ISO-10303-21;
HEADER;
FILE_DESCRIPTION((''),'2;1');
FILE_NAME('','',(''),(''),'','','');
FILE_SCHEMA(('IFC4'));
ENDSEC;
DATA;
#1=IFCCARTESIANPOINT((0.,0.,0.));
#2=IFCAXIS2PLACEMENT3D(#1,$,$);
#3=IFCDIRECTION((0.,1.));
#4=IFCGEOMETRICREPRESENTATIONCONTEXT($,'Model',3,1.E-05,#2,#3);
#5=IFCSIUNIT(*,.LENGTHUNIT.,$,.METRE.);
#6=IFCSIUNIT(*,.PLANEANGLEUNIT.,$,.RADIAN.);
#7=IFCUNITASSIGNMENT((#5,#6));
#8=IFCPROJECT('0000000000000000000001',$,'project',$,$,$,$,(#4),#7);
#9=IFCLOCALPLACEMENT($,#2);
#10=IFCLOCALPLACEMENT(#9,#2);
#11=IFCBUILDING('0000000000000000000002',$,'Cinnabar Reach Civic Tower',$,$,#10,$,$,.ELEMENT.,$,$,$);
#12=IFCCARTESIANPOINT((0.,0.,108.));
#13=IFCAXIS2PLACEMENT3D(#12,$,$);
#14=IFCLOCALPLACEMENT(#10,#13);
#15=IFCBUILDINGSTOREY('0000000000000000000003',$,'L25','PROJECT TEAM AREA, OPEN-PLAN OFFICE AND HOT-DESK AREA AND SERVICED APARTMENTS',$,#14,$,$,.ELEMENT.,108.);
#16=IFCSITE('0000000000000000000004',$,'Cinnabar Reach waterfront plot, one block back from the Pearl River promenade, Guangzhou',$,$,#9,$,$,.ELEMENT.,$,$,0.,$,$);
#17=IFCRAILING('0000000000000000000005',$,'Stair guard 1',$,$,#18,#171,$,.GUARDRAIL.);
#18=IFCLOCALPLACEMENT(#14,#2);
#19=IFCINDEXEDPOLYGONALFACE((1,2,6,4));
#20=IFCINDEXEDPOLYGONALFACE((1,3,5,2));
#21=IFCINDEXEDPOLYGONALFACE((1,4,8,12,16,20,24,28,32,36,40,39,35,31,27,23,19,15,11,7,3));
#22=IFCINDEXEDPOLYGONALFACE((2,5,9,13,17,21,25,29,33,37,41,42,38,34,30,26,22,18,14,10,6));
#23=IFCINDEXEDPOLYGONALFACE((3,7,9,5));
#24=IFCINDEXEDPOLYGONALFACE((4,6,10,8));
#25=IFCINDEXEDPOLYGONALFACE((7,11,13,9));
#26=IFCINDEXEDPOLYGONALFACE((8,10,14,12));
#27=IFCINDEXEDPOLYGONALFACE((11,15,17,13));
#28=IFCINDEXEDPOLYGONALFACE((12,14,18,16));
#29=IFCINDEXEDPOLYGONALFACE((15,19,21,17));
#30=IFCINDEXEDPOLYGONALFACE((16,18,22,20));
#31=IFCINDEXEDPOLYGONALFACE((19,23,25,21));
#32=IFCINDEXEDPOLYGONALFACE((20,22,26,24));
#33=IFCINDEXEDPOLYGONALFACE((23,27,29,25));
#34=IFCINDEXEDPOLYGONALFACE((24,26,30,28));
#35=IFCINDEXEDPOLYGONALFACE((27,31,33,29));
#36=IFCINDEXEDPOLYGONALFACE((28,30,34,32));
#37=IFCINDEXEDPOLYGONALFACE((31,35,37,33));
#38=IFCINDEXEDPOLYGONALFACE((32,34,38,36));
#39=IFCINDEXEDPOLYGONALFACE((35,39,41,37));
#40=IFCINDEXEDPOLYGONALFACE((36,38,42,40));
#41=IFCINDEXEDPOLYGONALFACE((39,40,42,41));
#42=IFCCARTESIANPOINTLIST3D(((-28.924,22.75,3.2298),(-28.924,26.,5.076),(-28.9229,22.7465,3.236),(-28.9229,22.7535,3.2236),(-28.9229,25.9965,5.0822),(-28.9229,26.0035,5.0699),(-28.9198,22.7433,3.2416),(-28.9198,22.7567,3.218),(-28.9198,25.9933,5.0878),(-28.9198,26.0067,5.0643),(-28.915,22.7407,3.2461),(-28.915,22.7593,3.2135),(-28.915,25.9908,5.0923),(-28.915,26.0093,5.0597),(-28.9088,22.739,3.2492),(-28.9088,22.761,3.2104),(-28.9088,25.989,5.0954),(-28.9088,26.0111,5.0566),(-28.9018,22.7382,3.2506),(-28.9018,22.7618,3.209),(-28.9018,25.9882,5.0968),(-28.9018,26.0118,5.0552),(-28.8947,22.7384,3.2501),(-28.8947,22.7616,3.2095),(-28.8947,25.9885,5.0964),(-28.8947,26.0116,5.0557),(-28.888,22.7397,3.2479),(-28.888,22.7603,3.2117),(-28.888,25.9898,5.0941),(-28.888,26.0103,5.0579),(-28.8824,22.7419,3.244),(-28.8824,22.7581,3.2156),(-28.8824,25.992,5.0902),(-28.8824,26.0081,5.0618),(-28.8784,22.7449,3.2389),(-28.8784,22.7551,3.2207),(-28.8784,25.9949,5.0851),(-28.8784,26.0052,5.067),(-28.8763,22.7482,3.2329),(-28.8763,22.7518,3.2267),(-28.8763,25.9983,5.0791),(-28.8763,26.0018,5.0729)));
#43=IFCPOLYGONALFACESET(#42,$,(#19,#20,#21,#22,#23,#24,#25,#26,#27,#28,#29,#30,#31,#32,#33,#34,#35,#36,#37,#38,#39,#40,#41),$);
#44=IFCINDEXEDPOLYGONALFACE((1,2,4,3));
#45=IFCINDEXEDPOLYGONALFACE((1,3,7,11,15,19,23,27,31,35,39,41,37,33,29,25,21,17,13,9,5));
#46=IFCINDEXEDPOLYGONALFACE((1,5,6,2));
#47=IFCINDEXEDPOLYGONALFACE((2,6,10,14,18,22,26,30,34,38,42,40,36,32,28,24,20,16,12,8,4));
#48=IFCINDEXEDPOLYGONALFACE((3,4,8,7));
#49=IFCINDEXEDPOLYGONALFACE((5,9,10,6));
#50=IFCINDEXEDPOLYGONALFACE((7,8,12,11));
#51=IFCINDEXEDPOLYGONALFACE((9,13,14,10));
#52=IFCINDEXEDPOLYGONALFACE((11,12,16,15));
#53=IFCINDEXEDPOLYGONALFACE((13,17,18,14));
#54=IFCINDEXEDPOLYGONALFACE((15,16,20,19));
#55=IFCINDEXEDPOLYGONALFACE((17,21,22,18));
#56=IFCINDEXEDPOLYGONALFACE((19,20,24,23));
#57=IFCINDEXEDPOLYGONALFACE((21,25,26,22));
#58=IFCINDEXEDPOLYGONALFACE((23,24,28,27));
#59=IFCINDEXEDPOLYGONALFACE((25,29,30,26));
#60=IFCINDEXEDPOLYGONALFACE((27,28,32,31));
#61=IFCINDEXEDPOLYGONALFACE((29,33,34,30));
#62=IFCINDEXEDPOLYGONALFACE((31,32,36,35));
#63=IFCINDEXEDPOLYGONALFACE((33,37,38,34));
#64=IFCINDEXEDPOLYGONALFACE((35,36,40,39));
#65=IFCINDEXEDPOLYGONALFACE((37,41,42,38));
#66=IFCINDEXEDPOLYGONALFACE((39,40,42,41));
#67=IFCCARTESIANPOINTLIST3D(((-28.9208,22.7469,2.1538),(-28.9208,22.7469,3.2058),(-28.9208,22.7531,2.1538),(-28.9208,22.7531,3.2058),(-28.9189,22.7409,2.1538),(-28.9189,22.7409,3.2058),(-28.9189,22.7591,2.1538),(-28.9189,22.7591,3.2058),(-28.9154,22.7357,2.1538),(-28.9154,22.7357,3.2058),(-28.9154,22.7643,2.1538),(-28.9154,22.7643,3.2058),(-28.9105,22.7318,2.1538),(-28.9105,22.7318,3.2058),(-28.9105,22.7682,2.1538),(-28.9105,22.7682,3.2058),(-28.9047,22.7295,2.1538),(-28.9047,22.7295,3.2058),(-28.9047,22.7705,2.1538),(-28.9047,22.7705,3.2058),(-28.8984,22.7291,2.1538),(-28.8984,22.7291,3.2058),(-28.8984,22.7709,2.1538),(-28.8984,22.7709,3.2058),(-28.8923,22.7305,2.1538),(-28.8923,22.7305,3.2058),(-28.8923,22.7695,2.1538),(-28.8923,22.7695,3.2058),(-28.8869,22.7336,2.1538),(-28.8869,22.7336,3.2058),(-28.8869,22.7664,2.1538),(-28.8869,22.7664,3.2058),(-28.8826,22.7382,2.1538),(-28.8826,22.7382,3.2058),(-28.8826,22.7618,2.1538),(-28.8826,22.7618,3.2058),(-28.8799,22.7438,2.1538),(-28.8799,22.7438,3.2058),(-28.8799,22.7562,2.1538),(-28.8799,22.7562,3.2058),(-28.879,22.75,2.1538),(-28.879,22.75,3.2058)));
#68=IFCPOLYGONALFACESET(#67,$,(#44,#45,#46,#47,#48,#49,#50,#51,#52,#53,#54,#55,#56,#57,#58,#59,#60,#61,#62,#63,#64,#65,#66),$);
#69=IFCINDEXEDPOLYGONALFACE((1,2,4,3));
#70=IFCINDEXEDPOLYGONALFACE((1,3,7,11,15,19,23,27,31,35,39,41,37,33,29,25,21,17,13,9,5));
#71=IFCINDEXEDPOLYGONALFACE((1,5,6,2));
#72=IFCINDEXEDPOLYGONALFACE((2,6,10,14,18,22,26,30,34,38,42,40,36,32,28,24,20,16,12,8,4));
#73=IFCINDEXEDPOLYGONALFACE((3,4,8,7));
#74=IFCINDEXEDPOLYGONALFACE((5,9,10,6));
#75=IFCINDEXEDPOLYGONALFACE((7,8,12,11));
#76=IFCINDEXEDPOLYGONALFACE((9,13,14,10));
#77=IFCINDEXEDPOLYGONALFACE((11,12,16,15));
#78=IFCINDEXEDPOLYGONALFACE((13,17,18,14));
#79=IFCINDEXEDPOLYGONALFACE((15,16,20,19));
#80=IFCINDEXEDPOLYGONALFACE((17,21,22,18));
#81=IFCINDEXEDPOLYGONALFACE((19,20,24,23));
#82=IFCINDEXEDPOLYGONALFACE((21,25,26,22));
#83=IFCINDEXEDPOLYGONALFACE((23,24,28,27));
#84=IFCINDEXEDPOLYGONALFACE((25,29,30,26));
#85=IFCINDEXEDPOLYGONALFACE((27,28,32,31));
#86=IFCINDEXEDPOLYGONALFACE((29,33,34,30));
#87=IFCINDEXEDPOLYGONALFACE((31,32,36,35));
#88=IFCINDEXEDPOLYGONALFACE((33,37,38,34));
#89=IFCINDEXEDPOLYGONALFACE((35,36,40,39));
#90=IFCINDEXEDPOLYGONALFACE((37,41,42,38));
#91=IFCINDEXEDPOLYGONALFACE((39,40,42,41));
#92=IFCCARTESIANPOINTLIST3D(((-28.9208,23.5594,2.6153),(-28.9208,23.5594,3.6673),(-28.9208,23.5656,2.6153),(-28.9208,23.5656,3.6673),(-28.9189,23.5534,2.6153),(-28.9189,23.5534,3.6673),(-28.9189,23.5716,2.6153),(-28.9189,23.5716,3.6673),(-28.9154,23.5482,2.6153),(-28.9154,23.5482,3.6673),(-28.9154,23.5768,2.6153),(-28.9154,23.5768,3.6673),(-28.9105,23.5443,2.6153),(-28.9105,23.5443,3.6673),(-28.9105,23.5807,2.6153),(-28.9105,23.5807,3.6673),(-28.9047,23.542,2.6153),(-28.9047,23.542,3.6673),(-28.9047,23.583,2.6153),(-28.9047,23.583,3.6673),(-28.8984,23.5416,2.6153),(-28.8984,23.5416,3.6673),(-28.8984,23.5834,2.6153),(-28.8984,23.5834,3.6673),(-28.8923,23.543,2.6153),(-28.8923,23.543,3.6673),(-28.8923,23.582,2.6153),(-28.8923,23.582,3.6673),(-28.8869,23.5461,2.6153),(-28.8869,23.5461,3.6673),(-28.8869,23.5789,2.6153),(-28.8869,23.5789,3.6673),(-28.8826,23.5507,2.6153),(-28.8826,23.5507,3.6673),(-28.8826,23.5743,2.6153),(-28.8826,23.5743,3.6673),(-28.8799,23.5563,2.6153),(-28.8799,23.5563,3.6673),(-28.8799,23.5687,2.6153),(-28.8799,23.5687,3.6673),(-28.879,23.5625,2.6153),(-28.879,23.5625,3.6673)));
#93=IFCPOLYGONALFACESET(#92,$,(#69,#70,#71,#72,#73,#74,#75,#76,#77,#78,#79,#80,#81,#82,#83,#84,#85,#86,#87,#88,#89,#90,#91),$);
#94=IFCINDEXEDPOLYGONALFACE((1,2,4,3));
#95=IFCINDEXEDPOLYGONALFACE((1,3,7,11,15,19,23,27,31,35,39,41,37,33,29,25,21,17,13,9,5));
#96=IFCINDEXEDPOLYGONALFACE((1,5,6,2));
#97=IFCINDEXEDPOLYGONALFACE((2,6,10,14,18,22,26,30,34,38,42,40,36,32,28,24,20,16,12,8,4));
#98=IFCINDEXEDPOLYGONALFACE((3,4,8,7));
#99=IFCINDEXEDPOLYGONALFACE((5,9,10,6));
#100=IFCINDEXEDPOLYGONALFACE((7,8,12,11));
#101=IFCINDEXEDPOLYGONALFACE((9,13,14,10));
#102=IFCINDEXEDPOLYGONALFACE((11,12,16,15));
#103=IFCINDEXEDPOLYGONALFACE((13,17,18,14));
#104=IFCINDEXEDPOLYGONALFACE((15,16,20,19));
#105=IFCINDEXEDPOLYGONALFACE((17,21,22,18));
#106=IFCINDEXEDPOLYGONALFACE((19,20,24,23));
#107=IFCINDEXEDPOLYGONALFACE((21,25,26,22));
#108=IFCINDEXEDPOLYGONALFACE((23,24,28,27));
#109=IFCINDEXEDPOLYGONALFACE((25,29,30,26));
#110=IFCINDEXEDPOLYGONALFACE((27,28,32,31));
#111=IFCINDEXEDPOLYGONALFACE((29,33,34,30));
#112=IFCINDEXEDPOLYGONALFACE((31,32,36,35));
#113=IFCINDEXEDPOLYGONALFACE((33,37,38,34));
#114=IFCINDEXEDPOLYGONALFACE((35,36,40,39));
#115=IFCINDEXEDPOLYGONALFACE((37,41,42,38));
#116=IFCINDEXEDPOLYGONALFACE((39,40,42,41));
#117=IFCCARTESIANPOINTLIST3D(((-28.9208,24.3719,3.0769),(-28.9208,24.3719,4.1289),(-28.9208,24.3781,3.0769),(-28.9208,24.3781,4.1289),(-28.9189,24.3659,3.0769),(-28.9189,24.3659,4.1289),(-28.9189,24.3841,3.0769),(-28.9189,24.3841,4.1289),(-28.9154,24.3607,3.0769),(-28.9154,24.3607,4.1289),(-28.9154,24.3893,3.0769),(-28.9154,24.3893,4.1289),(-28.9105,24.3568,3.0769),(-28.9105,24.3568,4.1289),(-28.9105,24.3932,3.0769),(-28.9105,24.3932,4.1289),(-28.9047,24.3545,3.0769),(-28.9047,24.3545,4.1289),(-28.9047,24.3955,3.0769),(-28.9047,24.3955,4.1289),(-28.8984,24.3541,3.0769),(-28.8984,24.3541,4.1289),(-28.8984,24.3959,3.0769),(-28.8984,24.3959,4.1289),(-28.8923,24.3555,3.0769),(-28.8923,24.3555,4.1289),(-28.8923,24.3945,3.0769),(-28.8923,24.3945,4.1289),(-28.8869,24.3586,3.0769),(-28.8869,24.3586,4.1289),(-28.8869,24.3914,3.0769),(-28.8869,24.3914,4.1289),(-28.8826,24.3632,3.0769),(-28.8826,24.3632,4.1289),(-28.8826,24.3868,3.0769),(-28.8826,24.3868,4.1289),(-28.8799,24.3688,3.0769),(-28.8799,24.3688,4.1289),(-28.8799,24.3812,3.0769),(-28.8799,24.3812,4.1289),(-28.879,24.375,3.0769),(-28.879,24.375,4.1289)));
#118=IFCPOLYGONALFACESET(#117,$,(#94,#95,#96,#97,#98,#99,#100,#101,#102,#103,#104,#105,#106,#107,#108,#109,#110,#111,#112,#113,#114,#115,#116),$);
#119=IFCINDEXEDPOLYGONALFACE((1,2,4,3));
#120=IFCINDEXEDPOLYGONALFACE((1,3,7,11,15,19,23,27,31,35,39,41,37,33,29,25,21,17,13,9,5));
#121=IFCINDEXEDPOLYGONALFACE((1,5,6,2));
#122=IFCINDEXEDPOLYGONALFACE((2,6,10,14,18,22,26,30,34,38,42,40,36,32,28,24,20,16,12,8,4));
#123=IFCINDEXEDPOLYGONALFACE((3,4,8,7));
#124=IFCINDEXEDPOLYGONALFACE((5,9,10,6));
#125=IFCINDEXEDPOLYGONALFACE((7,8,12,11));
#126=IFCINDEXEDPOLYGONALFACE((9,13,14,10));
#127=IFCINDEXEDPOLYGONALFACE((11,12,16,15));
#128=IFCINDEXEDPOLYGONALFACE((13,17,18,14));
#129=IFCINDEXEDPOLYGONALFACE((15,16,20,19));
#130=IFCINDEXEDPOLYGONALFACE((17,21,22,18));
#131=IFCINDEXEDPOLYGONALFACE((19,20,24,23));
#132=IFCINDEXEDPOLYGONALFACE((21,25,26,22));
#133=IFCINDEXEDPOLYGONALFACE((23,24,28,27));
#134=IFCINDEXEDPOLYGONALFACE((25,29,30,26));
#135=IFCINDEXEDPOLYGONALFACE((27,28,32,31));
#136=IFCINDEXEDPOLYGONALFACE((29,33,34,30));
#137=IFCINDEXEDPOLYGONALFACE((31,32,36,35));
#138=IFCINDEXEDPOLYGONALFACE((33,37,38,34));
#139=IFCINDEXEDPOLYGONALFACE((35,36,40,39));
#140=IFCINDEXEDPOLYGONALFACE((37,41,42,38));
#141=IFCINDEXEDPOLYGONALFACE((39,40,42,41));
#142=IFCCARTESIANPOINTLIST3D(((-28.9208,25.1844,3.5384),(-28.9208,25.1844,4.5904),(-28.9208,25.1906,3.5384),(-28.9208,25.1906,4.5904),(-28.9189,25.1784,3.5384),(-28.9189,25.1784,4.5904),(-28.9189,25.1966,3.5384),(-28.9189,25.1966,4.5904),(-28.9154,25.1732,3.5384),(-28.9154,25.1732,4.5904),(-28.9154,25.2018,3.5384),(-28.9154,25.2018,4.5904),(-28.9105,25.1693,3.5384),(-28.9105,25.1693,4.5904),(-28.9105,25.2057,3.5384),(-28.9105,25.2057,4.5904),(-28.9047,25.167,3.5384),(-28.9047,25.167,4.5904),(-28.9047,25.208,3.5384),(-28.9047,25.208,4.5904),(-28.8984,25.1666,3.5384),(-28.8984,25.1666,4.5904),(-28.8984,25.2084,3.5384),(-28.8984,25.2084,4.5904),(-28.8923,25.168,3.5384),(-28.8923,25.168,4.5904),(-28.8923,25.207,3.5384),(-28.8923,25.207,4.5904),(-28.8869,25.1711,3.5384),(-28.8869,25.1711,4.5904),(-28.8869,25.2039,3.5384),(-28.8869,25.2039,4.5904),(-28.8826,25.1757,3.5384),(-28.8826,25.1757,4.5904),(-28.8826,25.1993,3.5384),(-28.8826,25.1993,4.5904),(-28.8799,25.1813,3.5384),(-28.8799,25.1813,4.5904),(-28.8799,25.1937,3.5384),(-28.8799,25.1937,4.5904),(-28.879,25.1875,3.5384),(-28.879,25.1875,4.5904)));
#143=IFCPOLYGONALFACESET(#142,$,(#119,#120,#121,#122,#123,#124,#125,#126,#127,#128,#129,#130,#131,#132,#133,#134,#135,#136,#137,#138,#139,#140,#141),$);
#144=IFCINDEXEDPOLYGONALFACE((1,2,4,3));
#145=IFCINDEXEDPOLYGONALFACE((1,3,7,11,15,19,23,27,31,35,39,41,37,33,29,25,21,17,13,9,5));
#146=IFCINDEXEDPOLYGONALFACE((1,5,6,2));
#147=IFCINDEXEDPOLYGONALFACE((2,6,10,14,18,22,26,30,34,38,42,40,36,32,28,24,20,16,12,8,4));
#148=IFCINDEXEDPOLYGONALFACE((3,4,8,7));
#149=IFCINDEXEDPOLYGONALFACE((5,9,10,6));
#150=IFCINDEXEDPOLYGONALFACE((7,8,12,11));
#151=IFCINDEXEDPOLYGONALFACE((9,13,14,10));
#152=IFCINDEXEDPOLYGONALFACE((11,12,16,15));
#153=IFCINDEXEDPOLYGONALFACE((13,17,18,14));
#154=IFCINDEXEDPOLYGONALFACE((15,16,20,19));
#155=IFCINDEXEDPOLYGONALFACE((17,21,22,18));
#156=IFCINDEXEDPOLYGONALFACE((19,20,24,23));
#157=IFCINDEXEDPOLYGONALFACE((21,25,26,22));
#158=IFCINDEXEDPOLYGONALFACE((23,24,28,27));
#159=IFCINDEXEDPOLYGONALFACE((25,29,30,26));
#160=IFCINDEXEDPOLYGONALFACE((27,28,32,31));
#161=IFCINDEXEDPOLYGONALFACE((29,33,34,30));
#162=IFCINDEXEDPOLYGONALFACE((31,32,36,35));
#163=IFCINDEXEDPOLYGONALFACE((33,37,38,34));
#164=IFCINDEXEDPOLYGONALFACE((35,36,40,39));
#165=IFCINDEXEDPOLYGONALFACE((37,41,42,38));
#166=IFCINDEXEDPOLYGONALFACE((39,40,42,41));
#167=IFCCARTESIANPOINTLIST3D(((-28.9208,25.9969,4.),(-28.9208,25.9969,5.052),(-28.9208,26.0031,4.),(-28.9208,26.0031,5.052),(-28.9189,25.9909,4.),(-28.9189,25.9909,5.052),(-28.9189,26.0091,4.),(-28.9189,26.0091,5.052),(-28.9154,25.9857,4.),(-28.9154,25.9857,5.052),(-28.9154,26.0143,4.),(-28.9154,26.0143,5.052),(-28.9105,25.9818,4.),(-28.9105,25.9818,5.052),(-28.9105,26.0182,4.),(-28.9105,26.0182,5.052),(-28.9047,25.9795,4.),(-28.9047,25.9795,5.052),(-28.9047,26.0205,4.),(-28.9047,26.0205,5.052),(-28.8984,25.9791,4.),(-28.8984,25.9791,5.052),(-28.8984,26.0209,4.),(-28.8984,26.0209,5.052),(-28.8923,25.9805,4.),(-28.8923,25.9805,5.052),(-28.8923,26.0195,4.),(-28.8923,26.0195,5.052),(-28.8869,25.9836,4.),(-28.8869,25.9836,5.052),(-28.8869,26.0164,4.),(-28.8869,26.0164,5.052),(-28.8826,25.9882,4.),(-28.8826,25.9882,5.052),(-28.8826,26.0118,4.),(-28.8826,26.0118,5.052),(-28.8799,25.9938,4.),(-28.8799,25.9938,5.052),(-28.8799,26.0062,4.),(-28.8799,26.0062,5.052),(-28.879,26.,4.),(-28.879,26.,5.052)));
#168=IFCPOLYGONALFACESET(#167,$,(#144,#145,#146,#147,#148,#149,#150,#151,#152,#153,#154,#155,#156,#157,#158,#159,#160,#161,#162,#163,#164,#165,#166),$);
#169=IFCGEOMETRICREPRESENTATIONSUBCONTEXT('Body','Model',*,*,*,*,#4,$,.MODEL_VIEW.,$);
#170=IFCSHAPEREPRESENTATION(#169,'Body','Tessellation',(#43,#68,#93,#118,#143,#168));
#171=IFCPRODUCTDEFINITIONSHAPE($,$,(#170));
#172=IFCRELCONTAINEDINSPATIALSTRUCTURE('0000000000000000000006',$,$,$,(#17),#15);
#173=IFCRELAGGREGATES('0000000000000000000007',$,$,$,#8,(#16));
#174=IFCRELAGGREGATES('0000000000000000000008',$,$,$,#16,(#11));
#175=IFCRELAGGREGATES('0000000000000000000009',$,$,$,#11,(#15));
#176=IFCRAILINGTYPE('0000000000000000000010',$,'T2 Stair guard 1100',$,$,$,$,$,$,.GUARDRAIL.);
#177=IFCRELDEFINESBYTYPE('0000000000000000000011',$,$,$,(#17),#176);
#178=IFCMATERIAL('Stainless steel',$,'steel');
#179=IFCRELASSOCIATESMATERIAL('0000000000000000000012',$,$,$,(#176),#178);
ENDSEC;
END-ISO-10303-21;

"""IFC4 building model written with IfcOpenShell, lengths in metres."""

from ifc_helpers import new_model, si_unit, direction, frame, origin, origin_2d, place, context, subcontext, project, spatial, circle, extrude, material, type_object, element, save


model = new_model("IFC4")

# Units and contexts
model_context = context("Model", 3, precision=1e-05, world=origin(), true_north=direction((0.0, 1.0)))
body_context = subcontext(model_context, "Body", "Model", "MODEL_VIEW")
ifc_project = project(units=[si_unit("LENGTHUNIT", "METRE"), si_unit("PLANEANGLEUNIT", "RADIAN")], contexts=[model_context])

# Site, building, storey
site_placement = place(None, origin())
site = spatial("IfcSite", under=ifc_project, at=site_placement, Name="Cinnabar Reach waterfront plot, one block back from the Pearl River promenade, Guangzhou", CompositionType="ELEMENT", RefElevation=0.0)
building_placement = place(site_placement, origin())
building = spatial("IfcBuilding", under=site, at=building_placement, Name="Cinnabar Reach Civic Tower", CompositionType="ELEMENT")
storey_placement = place(building_placement, frame((0.0, 0.0, 108.0)))
storey = spatial("IfcBuildingStorey", under=building, at=storey_placement, Name="L25", Description="PROJECT TEAM AREA, OPEN-PLAN OFFICE AND HOT-DESK AREA AND SERVICED APARTMENTS", CompositionType="ELEMENT", Elevation=108.0)

# Railing
ifc_material_1 = material(Name="Stainless steel", Category="steel")
railing_type = type_object("IfcRailingType", Name="T2 Stair guard 1100", PredefinedType="GUARDRAIL", material=ifc_material_1)
railing_1_placement = place(storey_placement, frame((-28.9, 22.75, 2.1538)))
element("IfcRailing", 1, at=railing_1_placement, inside=storey, type_object=railing_type, Name="Stair guard 1", PredefinedType="GUARDRAIL", context=body_context, shape_type="SweptSolid", body=[
    extrude(circle(Radius=0.024, at=origin_2d()), frame((0.0, 0.0, 1.076), z_axis=(0.0, 0.869501, 0.49393), x_axis=(-1.0, 0.0, 0.0)), (0.0, 0.0, 1.0), 3.7378),
    extrude(circle(Radius=0.021, at=origin_2d()), origin(), (0.0, 0.0, 1.0), 1.052),
    extrude(circle(Radius=0.021, at=origin_2d()), frame((0.0, 0.8125, 0.4615)), (0.0, 0.0, 1.0), 1.052),
    extrude(circle(Radius=0.021, at=origin_2d()), frame((0.0, 1.625, 0.9231)), (0.0, 0.0, 1.0), 1.052),
    extrude(circle(Radius=0.021, at=origin_2d()), frame((0.0, 2.4375, 1.3846)), (0.0, 0.0, 1.0), 1.052),
    extrude(circle(Radius=0.021, at=origin_2d()), frame((0.0, 3.25, 1.8462)), (0.0, 0.0, 1.0), 1.052),
])

save(model, "model.ifc")
